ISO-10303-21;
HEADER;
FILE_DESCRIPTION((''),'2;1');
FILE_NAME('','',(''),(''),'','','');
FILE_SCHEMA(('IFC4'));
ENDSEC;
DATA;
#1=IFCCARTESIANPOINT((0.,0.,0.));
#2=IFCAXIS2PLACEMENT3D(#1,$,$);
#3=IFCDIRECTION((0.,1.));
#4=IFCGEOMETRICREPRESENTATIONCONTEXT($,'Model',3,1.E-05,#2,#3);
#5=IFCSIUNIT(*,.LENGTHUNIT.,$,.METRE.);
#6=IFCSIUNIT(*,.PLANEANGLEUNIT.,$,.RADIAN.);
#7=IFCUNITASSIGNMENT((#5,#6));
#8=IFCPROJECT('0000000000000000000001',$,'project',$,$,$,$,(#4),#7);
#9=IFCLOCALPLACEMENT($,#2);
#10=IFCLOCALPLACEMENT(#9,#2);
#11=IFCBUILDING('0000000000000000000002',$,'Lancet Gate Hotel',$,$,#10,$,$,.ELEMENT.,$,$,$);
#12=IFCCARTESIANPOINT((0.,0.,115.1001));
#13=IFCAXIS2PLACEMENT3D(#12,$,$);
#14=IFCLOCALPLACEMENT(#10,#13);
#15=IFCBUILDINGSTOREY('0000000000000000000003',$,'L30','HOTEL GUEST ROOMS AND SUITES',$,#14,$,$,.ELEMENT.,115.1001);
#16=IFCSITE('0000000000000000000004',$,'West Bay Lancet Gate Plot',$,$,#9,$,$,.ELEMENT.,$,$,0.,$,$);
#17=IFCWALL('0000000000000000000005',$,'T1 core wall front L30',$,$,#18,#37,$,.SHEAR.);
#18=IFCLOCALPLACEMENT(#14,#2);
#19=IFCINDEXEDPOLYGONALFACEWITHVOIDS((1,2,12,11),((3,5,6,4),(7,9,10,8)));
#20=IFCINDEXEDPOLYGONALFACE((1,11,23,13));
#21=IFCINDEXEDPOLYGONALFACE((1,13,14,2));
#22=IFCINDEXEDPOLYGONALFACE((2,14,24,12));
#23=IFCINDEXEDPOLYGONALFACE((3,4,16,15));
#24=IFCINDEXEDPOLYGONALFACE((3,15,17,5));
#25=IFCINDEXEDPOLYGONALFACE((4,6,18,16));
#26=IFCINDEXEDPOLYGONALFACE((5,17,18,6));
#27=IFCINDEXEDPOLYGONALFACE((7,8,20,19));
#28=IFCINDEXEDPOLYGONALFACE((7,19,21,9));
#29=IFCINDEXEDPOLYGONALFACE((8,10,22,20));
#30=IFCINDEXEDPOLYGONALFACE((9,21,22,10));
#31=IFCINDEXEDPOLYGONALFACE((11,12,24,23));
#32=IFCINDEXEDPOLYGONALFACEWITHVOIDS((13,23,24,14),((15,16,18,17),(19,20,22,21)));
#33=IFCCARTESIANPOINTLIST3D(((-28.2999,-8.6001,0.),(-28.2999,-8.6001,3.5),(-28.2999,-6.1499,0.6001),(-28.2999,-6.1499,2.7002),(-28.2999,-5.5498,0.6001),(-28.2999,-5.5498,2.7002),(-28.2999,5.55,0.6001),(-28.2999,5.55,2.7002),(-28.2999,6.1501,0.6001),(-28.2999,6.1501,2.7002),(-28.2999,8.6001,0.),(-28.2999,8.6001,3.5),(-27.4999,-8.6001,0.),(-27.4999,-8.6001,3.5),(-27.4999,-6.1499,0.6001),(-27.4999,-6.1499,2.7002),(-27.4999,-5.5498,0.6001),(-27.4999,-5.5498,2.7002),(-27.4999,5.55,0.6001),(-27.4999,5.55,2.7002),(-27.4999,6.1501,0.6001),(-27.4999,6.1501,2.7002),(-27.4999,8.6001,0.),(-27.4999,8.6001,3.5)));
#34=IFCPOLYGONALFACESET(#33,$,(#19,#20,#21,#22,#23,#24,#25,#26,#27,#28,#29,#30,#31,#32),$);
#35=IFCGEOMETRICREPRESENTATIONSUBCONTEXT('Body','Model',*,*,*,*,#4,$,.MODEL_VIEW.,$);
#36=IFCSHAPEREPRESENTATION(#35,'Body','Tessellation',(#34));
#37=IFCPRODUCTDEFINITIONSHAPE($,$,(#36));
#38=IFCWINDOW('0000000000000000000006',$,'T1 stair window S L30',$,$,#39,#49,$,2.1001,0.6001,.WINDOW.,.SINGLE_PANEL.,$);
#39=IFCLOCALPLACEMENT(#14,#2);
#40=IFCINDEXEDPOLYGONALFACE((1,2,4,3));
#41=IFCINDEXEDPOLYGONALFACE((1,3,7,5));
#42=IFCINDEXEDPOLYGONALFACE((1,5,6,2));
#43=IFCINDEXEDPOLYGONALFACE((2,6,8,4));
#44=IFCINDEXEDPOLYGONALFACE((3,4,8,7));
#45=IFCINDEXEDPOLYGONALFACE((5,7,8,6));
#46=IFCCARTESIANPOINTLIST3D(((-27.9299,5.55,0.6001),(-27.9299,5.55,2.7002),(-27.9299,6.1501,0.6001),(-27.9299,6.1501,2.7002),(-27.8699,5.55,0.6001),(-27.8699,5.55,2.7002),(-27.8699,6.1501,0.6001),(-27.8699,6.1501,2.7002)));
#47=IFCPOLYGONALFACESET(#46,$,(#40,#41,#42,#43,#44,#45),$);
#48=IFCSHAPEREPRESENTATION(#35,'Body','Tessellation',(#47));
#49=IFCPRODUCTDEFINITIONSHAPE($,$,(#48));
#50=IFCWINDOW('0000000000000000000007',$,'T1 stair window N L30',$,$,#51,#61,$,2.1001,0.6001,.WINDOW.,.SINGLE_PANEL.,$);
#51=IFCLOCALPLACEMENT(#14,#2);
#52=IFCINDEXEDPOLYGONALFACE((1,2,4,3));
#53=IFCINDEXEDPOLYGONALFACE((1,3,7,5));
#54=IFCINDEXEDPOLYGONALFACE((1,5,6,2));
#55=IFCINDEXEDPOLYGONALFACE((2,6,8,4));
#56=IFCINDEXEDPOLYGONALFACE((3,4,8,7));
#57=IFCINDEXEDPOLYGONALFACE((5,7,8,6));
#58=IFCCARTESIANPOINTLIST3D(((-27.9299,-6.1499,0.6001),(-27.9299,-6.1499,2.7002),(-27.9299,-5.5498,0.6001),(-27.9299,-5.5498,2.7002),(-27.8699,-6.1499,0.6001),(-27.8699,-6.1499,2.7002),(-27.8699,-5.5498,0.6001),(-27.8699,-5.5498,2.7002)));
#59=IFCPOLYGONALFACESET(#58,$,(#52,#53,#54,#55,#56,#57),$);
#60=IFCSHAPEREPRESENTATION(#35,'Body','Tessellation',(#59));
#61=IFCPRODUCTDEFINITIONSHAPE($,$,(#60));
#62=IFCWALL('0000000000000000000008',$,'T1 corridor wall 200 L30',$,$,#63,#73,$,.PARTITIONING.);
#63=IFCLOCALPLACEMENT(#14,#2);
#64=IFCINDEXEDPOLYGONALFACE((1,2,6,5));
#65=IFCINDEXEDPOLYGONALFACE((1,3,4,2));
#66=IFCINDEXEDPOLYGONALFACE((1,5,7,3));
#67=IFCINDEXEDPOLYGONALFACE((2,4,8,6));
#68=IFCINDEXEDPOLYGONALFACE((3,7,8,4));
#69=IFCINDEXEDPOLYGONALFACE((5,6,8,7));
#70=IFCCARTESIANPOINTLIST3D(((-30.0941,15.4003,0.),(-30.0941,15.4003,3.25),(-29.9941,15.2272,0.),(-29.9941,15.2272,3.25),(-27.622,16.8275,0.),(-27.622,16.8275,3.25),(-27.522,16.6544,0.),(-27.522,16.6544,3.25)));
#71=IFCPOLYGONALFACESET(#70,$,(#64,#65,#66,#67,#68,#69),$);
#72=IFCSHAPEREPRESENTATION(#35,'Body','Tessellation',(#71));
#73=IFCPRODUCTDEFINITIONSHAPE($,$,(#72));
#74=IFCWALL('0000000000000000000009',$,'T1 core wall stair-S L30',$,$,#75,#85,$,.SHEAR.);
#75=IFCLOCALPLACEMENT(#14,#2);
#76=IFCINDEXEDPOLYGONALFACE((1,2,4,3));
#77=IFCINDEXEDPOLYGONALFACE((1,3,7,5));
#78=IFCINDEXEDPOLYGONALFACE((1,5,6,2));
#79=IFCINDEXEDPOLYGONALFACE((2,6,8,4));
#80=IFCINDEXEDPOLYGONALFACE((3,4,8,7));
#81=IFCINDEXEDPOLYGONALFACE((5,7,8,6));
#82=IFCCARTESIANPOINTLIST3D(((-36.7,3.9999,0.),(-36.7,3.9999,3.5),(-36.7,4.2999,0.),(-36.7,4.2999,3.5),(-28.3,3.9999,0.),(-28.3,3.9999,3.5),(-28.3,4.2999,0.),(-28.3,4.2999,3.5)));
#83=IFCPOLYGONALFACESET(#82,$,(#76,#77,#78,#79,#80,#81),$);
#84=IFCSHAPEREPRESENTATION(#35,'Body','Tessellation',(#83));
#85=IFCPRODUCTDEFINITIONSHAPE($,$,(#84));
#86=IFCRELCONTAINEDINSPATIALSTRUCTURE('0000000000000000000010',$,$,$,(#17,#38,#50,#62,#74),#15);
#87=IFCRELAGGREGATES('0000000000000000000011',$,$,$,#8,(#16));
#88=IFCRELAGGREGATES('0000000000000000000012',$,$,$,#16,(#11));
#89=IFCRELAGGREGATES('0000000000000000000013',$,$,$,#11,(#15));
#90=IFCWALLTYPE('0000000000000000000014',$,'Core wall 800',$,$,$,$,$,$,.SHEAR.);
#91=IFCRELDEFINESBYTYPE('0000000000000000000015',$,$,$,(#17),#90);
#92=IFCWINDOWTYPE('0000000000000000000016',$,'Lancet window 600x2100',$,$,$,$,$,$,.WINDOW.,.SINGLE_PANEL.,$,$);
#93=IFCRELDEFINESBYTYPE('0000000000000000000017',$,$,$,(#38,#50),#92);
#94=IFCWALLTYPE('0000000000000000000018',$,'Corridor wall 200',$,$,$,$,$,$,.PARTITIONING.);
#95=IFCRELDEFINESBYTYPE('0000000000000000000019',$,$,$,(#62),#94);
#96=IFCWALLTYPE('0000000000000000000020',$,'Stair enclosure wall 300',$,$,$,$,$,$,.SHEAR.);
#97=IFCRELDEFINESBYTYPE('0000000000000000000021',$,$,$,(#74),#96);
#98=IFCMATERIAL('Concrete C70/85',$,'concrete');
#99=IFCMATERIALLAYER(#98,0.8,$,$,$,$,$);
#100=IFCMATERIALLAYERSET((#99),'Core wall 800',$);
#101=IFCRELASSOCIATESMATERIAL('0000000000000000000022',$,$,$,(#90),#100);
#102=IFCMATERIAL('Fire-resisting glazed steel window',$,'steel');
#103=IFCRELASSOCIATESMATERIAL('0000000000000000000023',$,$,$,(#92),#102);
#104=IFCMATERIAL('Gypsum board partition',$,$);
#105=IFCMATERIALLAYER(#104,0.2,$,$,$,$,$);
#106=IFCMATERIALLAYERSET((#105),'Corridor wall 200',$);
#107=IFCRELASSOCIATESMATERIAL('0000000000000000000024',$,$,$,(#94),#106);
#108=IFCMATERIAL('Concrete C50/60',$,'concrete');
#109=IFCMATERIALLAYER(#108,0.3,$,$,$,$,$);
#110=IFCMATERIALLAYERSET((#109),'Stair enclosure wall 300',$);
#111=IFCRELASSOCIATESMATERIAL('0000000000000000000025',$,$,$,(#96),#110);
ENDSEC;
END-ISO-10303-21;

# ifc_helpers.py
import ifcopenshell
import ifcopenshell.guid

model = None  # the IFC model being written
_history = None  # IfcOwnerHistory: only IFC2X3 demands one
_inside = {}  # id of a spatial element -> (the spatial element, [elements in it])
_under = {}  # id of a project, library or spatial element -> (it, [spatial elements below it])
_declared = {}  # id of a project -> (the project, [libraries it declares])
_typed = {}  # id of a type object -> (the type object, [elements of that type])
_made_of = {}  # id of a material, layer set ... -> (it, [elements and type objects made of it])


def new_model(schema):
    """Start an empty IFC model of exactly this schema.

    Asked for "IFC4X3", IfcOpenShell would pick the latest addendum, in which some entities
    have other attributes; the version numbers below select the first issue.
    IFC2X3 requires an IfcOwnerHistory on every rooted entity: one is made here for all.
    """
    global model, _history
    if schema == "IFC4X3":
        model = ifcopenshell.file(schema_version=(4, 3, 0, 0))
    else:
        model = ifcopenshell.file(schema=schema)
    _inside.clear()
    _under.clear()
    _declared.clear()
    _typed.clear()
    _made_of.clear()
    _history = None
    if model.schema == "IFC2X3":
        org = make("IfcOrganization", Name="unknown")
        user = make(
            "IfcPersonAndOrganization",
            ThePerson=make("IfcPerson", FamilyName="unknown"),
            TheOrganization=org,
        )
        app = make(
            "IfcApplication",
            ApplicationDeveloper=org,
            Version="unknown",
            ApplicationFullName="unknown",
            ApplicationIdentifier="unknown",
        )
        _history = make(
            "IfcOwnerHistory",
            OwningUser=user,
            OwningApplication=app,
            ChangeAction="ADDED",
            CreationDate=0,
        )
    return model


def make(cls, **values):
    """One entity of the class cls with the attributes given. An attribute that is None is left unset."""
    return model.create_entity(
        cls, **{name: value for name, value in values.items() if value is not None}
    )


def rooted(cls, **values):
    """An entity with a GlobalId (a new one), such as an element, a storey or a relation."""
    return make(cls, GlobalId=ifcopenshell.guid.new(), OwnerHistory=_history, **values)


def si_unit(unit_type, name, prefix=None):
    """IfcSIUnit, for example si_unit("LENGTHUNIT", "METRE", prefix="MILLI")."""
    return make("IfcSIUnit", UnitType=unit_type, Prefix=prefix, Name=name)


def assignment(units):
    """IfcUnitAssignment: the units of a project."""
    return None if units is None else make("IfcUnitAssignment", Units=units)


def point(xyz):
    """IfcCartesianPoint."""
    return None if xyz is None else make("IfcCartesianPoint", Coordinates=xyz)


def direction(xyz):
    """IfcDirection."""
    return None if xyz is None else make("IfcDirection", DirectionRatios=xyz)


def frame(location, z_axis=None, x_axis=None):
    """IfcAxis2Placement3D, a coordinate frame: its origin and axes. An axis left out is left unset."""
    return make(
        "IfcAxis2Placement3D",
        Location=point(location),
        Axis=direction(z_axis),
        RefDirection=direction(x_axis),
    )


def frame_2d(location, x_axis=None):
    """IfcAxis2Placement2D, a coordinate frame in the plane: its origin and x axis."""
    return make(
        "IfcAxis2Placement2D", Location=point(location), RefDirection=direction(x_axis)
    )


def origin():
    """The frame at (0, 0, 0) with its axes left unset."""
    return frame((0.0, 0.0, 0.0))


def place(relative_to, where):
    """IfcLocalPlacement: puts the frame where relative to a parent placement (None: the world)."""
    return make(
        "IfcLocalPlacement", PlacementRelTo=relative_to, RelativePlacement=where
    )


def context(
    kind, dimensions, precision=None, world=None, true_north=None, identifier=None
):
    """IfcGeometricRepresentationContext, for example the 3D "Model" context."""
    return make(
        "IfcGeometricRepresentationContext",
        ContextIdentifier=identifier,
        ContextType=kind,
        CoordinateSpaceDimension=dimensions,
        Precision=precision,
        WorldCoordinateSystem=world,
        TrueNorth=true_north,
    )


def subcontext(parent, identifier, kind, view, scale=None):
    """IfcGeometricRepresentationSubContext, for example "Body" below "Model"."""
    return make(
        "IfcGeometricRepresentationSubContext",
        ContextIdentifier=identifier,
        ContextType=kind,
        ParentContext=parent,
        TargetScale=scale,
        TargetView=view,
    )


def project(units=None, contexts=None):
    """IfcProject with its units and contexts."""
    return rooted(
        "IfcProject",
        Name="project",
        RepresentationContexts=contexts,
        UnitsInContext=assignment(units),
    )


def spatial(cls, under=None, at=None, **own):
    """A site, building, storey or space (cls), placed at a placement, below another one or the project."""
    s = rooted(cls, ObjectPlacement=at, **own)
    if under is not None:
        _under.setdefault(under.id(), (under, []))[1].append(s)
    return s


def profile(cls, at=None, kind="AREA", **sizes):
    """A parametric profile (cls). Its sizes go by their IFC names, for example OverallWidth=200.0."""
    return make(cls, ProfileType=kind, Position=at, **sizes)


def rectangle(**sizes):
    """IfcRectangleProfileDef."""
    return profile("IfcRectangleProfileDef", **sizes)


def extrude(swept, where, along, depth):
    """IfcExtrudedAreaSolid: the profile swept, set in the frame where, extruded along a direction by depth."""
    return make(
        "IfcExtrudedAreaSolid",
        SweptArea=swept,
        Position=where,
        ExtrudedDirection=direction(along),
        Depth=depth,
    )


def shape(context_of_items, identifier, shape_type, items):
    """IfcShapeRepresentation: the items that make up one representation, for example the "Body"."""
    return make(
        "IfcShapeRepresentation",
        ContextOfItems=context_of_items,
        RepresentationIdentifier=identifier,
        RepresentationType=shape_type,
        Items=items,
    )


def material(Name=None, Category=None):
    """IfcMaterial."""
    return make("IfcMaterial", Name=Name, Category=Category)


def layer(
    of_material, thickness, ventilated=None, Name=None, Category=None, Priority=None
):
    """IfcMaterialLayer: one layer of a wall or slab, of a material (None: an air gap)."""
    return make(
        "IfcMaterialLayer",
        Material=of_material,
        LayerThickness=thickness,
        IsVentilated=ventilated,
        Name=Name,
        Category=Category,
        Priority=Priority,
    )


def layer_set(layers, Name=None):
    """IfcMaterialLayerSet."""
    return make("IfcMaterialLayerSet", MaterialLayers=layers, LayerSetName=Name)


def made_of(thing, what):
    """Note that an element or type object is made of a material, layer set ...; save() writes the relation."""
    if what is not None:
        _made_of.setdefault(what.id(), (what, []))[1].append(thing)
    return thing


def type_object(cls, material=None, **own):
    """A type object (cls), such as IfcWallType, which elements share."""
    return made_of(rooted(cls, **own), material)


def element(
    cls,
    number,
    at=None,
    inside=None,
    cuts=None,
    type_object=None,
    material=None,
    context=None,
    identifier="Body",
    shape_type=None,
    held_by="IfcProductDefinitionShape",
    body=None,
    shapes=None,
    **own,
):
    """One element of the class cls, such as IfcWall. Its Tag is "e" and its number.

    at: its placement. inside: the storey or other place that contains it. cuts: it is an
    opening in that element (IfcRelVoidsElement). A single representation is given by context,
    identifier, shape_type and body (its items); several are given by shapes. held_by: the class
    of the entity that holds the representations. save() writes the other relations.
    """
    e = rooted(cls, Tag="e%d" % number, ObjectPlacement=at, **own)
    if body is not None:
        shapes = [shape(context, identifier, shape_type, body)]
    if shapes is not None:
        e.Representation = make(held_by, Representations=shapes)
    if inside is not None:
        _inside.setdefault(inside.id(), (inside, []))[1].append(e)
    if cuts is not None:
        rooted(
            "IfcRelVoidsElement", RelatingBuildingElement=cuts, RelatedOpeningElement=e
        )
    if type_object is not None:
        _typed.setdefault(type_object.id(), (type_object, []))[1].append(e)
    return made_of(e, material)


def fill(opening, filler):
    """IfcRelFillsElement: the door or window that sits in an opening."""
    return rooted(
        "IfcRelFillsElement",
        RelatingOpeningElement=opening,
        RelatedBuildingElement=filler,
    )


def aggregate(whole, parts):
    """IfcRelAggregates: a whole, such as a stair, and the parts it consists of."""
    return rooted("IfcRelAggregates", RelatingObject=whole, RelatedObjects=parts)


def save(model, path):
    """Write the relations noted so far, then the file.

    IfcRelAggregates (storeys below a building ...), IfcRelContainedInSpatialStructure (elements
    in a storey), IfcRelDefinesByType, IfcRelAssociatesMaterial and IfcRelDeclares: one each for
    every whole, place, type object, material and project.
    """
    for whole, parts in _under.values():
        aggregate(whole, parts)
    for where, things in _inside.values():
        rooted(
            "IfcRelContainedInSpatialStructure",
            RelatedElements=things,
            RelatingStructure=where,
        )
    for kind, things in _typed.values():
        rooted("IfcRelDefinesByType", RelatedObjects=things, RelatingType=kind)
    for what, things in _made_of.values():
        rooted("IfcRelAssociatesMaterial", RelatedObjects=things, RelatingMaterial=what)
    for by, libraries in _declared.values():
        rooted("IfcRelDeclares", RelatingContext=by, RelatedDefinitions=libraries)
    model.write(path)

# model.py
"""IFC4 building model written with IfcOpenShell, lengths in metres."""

from ifc_helpers import new_model, si_unit, direction, frame, frame_2d, origin, place, context, subcontext, project, spatial, rectangle, extrude, material, layer, layer_set, type_object, element, fill, save


model = new_model("IFC4")

# Units and contexts
model_context = context("Model", 3, precision=1e-05, world=origin(), true_north=direction((0.0, 1.0)))
body_context = subcontext(model_context, "Body", "Model", "MODEL_VIEW")
ifc_project = project(units=[si_unit("LENGTHUNIT", "METRE"), si_unit("PLANEANGLEUNIT", "RADIAN")], contexts=[model_context])

# Site, building, storey
site_placement = place(None, origin())
site = spatial("IfcSite", under=ifc_project, at=site_placement, Name="West Bay Lancet Gate Plot", CompositionType="ELEMENT", RefElevation=0.0)
building_placement = place(site_placement, origin())
building = spatial("IfcBuilding", under=site, at=building_placement, Name="Lancet Gate Hotel", CompositionType="ELEMENT")
storey_placement = place(building_placement, frame((0.0, 0.0, 115.1001)))
storey = spatial("IfcBuildingStorey", under=building, at=storey_placement, Name="L30", Description="HOTEL GUEST ROOMS AND SUITES", CompositionType="ELEMENT", Elevation=115.1001)

# Wall, openings, windows
ifc_material_1 = material(Name="Concrete C70/85", Category="concrete")
ifc_layer_1 = layer(ifc_material_1, 0.8)
ifc_layer_set_1 = layer_set([ifc_layer_1], Name="Core wall 800")
wall_type_1 = type_object("IfcWallType", Name="Core wall 800", PredefinedType="SHEAR", material=ifc_layer_set_1)
wall_1_placement = place(storey_placement, frame((-27.8999, 8.6001, 0.0), z_axis=(0.0, 0.0, 1.0), x_axis=(0.0, -1.0, 0.0)))
wall_1 = element("IfcWall", 1, at=wall_1_placement, inside=storey, type_object=wall_type_1, Name="T1 core wall front L30", PredefinedType="SHEAR", context=body_context, shape_type="SweptSolid", body=[
    extrude(rectangle(XDim=17.2002, YDim=0.8, at=frame_2d((8.6001, 0.0))), origin(), (0.0, 0.0, 1.0), 3.5),
])
opening_1_placement = place(wall_1_placement, frame((2.45, 0.0, 0.6001)))
opening_1 = element("IfcOpeningElement", 2, at=opening_1_placement, cuts=wall_1, PredefinedType="OPENING", context=body_context, shape_type="SweptSolid", body=[
    extrude(rectangle(XDim=0.6001, YDim=2.1001, at=frame_2d((0.3, 1.05))), frame((0.0, 0.4099, 0.0), z_axis=(0.0, -1.0, 0.0), x_axis=(1.0, 0.0, 0.0)), (0.0, 0.0, 1.0), 0.8201),
])
opening_2_placement = place(wall_1_placement, frame((14.1499, 0.0, 0.6001)))
opening_2 = element("IfcOpeningElement", 3, at=opening_2_placement, cuts=wall_1, PredefinedType="OPENING", context=body_context, shape_type="SweptSolid", body=[
    extrude(rectangle(XDim=0.6001, YDim=2.1001, at=frame_2d((0.3, 1.05))), frame((0.0, 0.4099, 0.0), z_axis=(0.0, -1.0, 0.0), x_axis=(1.0, 0.0, 0.0)), (0.0, 0.0, 1.0), 0.8201),
])
ifc_material_2 = material(Name="Fire-resisting glazed steel window", Category="steel")
window_type = type_object("IfcWindowType", Name="Lancet window 600x2100", PartitioningType="SINGLE_PANEL", PredefinedType="WINDOW", material=ifc_material_2)
window_1_placement = place(opening_1_placement, origin())
window_1 = element("IfcWindow", 4, at=window_1_placement, inside=storey, type_object=window_type, Name="T1 stair window S L30", OverallHeight=2.1001, OverallWidth=0.6001, PartitioningType="SINGLE_PANEL", PredefinedType="WINDOW", context=body_context, shape_type="SweptSolid", body=[
    extrude(rectangle(XDim=0.6001, YDim=2.1001, at=frame_2d((0.3, 1.05))), frame((0.0, 0.03, 0.0), z_axis=(0.0, -1.0, 0.0), x_axis=(1.0, 0.0, 0.0)), (0.0, 0.0, 1.0), 0.0601),
])
fill(opening_1, window_1)
window_2_placement = place(opening_2_placement, origin())
window_2 = element("IfcWindow", 5, at=window_2_placement, inside=storey, type_object=window_type, Name="T1 stair window N L30", OverallHeight=2.1001, OverallWidth=0.6001, PartitioningType="SINGLE_PANEL", PredefinedType="WINDOW", context=body_context, shape_type="SweptSolid", body=[
    extrude(rectangle(XDim=0.6001, YDim=2.1001, at=frame_2d((0.3, 1.05))), frame((0.0, 0.03, 0.0), z_axis=(0.0, -1.0, 0.0), x_axis=(1.0, 0.0, 0.0)), (0.0, 0.0, 1.0), 0.0601),
])
fill(opening_2, window_2)

# Walls
ifc_material_3 = material(Name="Gypsum board partition")
ifc_layer_2 = layer(ifc_material_3, 0.2)
ifc_layer_set_2 = layer_set([ifc_layer_2], Name="Corridor wall 200")
wall_type_2 = type_object("IfcWallType", Name="Corridor wall 200", PredefinedType="PARTITIONING", material=ifc_layer_set_2)
wall_2_placement = place(storey_placement, frame((-27.572, 16.741, 0.0), z_axis=(0.0, 0.0, 1.0), x_axis=(-0.866035, -0.499984, 0.0)))
element("IfcWall", 6, at=wall_2_placement, inside=storey, type_object=wall_type_2, Name="T1 corridor wall 200 L30", PredefinedType="PARTITIONING", context=body_context, shape_type="SweptSolid", body=[
    extrude(rectangle(XDim=2.8545, YDim=0.2, at=frame_2d((1.4272, 0.0))), origin(), (0.0, 0.0, 1.0), 3.25),
])
ifc_material_4 = material(Name="Concrete C50/60", Category="concrete")
ifc_layer_3 = layer(ifc_material_4, 0.3)
ifc_layer_set_3 = layer_set([ifc_layer_3], Name="Stair enclosure wall 300")
wall_type_3 = type_object("IfcWallType", Name="Stair enclosure wall 300", PredefinedType="SHEAR", material=ifc_layer_set_3)
wall_3_placement = place(storey_placement, frame((-28.3, 4.1499, 0.0), z_axis=(0.0, 0.0, 1.0), x_axis=(-1.0, 0.0, 0.0)))
element("IfcWall", 7, at=wall_3_placement, inside=storey, type_object=wall_type_3, Name="T1 core wall stair-S L30", PredefinedType="SHEAR", context=body_context, shape_type="SweptSolid", body=[
    extrude(rectangle(XDim=8.3999, YDim=0.3, at=frame_2d((4.2, 0.0))), origin(), (0.0, 0.0, 1.0), 3.5),
])

save(model, "model.ifc")
